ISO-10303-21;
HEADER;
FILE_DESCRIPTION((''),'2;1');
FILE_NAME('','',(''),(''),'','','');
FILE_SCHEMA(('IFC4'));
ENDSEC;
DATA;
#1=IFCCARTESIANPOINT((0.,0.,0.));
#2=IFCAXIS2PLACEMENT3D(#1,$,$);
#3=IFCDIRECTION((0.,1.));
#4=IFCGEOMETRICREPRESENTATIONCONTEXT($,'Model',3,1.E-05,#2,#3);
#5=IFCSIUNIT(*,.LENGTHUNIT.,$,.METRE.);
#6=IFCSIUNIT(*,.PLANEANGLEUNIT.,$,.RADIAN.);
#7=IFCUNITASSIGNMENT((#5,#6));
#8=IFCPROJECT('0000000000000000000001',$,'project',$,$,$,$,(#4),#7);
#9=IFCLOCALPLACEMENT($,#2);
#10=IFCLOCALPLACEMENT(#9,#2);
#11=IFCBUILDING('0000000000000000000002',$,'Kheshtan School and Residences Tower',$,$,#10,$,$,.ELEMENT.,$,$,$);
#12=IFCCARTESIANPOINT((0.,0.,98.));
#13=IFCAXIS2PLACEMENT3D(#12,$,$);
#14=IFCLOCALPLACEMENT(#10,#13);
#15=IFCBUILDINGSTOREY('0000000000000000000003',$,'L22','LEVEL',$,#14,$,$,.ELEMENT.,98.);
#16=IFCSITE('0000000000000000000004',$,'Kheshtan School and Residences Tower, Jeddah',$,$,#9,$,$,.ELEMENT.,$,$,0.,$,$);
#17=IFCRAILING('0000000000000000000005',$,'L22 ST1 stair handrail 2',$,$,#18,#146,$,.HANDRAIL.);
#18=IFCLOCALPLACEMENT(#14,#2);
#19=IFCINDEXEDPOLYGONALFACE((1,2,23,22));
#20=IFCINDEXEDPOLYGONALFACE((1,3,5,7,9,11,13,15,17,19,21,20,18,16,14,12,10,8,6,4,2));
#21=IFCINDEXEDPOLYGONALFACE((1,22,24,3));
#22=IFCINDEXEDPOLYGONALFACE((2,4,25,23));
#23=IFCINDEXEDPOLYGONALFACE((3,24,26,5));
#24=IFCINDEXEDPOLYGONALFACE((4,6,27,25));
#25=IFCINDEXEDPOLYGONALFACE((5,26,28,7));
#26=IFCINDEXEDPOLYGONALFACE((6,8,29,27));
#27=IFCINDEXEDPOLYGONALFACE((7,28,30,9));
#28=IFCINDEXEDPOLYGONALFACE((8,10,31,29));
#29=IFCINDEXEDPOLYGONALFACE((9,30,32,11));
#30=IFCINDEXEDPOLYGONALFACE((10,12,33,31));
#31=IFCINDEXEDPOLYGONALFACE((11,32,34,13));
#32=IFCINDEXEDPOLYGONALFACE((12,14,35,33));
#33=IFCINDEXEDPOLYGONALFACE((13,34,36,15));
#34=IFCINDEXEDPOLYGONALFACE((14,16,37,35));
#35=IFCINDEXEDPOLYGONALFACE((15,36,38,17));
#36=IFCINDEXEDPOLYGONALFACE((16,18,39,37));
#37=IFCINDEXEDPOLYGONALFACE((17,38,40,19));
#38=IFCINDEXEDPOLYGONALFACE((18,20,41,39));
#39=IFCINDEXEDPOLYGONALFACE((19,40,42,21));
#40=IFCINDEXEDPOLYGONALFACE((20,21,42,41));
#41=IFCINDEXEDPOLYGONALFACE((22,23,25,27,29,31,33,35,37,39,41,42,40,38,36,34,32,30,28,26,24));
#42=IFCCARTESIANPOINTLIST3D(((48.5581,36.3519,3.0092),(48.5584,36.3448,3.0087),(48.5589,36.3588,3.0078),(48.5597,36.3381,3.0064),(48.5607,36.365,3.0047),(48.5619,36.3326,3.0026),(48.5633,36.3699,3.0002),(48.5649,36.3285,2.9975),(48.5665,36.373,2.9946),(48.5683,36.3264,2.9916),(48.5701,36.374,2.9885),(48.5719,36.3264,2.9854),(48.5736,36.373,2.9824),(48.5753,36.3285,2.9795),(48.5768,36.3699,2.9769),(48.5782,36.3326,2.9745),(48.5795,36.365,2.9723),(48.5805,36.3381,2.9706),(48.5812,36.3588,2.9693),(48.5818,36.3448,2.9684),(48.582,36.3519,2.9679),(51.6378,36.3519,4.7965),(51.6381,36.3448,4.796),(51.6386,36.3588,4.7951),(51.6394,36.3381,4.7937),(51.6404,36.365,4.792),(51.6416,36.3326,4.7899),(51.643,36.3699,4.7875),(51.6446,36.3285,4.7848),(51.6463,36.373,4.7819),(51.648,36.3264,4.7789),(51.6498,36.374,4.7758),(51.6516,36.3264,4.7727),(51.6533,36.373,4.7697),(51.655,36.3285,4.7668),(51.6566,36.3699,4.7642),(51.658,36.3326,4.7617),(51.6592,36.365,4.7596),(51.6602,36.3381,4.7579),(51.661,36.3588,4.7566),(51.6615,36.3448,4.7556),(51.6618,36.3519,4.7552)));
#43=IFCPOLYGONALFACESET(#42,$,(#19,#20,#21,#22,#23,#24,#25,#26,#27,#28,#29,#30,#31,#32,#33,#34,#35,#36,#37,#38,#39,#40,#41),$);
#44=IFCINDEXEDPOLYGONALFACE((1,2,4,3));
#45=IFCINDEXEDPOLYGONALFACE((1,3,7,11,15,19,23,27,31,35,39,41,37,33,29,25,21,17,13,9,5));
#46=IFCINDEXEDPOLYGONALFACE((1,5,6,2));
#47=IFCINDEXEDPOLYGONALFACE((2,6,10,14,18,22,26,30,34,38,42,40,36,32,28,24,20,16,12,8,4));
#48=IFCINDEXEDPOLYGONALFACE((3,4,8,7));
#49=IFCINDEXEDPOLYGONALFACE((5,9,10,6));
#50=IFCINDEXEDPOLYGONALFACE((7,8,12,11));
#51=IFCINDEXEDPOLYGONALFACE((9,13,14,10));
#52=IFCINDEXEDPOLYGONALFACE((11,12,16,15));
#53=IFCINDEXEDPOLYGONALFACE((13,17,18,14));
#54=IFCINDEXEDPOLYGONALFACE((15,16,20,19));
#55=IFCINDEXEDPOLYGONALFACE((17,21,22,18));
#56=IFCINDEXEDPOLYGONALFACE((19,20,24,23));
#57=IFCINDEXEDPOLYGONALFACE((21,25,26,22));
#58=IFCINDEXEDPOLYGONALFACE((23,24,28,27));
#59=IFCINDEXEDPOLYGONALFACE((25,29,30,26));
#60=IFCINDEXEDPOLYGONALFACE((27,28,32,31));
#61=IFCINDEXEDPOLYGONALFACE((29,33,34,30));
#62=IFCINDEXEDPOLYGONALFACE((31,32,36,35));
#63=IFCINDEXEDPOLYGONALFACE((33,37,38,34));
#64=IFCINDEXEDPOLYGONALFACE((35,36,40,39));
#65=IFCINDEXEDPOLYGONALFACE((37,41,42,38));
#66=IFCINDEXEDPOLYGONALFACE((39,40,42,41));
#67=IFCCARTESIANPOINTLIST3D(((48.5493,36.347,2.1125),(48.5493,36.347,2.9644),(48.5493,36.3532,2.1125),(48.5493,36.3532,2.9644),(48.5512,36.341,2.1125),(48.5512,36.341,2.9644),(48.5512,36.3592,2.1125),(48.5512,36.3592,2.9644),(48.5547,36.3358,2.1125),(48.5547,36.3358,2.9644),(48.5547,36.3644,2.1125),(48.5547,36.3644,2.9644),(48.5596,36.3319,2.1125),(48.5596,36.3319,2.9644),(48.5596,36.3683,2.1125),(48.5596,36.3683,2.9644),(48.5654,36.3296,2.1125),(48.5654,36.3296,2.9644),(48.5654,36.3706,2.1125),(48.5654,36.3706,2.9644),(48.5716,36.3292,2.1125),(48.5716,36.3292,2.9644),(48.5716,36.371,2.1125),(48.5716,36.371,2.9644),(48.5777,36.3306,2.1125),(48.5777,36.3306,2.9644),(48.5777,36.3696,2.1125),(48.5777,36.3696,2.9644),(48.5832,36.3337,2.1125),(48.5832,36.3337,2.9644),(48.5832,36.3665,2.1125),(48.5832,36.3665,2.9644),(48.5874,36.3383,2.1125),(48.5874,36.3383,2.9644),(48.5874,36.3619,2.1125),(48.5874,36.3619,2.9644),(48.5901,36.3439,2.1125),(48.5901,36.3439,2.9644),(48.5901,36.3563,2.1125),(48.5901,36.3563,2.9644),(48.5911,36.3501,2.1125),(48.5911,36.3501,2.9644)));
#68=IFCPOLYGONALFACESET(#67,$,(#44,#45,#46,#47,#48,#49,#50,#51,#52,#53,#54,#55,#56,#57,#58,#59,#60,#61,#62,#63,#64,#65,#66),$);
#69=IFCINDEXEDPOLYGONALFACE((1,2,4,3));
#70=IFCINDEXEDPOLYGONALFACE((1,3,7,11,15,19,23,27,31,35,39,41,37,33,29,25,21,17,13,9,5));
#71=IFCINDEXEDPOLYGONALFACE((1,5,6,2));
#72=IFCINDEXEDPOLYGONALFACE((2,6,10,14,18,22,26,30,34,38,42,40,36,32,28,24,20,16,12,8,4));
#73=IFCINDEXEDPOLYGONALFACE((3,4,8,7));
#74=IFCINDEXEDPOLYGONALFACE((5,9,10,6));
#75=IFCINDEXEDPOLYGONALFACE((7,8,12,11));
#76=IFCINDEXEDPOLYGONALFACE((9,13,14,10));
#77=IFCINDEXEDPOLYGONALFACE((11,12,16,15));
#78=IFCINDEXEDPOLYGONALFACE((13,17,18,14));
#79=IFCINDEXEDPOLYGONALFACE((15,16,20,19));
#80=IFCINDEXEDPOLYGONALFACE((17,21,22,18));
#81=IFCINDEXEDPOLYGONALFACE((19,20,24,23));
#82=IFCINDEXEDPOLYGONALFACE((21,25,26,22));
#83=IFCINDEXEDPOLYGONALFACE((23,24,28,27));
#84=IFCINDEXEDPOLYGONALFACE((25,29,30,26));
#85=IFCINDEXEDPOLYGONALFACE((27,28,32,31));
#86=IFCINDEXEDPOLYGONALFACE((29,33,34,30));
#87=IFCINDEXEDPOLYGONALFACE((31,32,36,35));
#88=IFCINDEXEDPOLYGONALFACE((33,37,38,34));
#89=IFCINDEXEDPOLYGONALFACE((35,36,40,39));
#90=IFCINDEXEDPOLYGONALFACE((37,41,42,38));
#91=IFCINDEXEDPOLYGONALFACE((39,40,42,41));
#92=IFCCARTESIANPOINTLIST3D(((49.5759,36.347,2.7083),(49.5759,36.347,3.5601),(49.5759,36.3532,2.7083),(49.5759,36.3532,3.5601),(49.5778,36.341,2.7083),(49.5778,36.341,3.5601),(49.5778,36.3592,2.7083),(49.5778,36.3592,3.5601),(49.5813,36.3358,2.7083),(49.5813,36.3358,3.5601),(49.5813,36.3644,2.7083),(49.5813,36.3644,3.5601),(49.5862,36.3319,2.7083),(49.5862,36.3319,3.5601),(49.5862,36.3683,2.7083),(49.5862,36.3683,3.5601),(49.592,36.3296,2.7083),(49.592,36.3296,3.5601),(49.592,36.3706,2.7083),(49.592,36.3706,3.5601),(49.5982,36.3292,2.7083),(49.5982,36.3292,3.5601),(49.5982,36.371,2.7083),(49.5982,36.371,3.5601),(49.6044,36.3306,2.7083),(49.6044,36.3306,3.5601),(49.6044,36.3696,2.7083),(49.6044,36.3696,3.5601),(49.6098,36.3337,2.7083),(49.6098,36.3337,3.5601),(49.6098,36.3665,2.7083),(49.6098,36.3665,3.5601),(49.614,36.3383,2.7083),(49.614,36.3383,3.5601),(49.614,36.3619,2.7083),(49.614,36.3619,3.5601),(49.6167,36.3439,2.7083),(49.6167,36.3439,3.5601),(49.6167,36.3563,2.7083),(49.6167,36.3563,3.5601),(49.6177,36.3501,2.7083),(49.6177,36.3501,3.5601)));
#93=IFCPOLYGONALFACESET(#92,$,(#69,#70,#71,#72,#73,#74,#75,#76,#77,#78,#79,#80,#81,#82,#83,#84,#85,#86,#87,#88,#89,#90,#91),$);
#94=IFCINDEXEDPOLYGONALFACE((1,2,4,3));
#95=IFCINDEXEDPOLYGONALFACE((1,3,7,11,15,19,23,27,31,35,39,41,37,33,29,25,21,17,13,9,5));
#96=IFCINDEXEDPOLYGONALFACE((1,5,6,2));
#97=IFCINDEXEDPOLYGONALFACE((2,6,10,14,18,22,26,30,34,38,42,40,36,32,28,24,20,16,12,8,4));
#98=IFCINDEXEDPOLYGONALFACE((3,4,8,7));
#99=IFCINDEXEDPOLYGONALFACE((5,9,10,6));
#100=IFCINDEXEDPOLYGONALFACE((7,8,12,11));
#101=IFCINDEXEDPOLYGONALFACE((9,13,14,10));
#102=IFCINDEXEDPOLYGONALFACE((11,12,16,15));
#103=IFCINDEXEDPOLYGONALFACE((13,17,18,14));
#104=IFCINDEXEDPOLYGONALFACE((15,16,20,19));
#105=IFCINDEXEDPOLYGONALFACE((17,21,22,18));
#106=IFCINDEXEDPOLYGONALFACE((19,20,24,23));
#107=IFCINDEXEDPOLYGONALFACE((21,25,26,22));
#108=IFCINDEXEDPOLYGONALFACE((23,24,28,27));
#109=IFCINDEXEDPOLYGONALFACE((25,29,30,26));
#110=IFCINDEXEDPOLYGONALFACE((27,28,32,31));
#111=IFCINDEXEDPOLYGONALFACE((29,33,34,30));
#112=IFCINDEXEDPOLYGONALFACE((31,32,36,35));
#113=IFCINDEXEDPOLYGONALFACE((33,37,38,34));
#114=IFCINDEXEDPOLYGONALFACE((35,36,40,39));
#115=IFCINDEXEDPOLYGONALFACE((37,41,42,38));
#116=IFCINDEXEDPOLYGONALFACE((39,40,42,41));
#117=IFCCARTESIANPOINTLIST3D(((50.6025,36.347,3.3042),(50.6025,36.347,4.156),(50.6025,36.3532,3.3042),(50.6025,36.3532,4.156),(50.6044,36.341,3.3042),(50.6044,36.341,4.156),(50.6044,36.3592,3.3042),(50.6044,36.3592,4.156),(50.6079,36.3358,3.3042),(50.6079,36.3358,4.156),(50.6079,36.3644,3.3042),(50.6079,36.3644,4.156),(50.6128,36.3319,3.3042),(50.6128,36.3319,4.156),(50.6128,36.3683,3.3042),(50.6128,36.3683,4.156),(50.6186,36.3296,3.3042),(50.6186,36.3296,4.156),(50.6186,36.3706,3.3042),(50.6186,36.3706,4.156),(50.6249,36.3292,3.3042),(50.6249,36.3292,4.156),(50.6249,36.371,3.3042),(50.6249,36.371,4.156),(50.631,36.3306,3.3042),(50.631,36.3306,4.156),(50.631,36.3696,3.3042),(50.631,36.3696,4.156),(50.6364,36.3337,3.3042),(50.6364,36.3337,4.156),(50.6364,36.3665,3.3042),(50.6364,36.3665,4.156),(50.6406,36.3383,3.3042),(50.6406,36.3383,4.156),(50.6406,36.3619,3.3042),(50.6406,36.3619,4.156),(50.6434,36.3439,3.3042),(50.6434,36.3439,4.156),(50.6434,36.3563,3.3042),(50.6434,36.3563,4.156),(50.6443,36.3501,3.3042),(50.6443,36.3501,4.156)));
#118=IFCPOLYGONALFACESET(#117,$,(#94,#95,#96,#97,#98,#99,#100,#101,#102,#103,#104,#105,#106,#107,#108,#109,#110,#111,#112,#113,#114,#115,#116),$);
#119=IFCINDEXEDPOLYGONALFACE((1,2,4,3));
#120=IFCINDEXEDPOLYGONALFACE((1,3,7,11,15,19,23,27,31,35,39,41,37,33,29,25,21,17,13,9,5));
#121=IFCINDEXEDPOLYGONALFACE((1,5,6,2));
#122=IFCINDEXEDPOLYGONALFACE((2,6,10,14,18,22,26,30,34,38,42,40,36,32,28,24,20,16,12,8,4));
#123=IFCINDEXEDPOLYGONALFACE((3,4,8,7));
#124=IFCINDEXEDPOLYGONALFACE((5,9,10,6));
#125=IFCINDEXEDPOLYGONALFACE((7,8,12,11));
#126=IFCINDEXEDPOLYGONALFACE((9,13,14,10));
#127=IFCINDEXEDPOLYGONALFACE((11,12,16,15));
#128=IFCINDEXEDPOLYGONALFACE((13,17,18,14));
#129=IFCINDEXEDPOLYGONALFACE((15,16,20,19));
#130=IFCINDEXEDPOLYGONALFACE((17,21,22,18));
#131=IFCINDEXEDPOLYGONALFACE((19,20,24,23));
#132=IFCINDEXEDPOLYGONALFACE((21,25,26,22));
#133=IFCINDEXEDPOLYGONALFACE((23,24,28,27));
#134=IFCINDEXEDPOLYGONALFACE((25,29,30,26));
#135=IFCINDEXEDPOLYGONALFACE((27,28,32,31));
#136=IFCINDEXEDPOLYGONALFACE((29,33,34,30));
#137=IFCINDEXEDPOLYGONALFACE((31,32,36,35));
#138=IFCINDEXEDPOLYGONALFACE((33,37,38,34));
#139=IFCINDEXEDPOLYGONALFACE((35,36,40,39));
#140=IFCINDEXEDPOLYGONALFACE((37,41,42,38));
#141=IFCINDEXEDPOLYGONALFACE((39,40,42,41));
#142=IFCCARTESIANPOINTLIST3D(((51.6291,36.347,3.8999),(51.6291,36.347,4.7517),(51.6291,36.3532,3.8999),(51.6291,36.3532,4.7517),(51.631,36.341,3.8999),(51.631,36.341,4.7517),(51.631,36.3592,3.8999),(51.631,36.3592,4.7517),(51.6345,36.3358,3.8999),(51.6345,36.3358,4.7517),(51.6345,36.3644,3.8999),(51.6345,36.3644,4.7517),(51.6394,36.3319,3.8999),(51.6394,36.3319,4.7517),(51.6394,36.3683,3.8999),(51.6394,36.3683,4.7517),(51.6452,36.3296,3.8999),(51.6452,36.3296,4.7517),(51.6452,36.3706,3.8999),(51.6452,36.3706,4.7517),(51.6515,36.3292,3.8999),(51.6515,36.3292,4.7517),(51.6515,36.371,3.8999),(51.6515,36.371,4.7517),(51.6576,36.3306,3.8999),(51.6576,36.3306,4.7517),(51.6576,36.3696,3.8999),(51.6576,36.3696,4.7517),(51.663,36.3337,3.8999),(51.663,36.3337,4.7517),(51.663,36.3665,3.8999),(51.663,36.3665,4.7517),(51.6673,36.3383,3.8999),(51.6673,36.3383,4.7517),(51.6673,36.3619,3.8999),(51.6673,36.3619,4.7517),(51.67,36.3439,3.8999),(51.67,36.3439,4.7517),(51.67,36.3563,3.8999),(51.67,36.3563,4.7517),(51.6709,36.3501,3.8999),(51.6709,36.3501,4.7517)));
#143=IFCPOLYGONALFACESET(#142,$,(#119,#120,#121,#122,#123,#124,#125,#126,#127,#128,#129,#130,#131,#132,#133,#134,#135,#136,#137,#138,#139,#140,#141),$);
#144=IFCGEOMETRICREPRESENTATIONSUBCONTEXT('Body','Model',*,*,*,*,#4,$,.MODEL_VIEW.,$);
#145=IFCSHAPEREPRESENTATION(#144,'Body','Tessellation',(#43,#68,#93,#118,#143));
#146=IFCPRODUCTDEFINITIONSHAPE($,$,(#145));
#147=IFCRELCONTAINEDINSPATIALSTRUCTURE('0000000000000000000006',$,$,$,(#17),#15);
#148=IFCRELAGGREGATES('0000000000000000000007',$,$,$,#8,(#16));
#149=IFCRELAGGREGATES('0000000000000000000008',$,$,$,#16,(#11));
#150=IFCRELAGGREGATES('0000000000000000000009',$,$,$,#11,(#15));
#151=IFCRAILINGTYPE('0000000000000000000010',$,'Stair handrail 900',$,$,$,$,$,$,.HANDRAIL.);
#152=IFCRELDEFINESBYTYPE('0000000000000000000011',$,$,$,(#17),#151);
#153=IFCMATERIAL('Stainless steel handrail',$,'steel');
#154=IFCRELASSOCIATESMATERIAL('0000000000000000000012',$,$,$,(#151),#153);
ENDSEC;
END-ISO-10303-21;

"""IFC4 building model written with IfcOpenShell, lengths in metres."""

from ifc_helpers import new_model, si_unit, direction, frame, origin, origin_2d, place, context, subcontext, project, spatial, circle, extrude, material, type_object, element, save


model = new_model("IFC4")

# Units and contexts
model_context = context("Model", 3, precision=1e-05, world=origin(), true_north=direction((0.0, 1.0)))
body_context = subcontext(model_context, "Body", "Model", "MODEL_VIEW")
ifc_project = project(units=[si_unit("LENGTHUNIT", "METRE"), si_unit("PLANEANGLEUNIT", "RADIAN")], contexts=[model_context])

# Site, building, storey
site_placement = place(None, origin())
site = spatial("IfcSite", under=ifc_project, at=site_placement, Name="Kheshtan School and Residences Tower, Jeddah", CompositionType="ELEMENT", RefElevation=0.0)
building_placement = place(site_placement, origin())
building = spatial("IfcBuilding", under=site, at=building_placement, Name="Kheshtan School and Residences Tower", CompositionType="ELEMENT")
storey_placement = place(building_placement, frame((0.0, 0.0, 98.0)))
storey = spatial("IfcBuildingStorey", under=building, at=storey_placement, Name="L22", Description="LEVEL", CompositionType="ELEMENT", Elevation=98.0)

# Railing
ifc_material_1 = material(Name="Stainless steel handrail", Category="steel")
railing_type = type_object("IfcRailingType", Name="Stair handrail 900", PredefinedType="HANDRAIL", material=ifc_material_1)
railing_placement = place(storey_placement, frame((48.5701, 36.3501, 2.1125)))
element("IfcRailing", 1, at=railing_placement, inside=storey, type_object=railing_type, Name="L22 ST1 stair handrail 2", PredefinedType="HANDRAIL", context=body_context, shape_type="SweptSolid", body=[
    extrude(circle(Radius=0.0239, at=origin_2d()), frame((0.0, 0.0, 0.876), z_axis=(0.864903, 0.0, 0.501939), x_axis=(0.0, 1.0, 0.0)), (0.0, 0.0, 1.0), 3.5608),
    extrude(circle(Radius=0.021, at=origin_2d()), origin(), (0.0, 0.0, 1.0), 0.8518),
    extrude(circle(Radius=0.021, at=origin_2d()), frame((1.0266, 0.0, 0.5957)), (0.0, 0.0, 1.0), 0.8518),
    extrude(circle(Radius=0.021, at=origin_2d()), frame((2.0532, 0.0, 1.1917)), (0.0, 0.0, 1.0), 0.8518),
    extrude(circle(Radius=0.021, at=origin_2d()), frame((3.0798, 0.0, 1.7874)), (0.0, 0.0, 1.0), 0.8518),
])

save(model, "model.ifc")
